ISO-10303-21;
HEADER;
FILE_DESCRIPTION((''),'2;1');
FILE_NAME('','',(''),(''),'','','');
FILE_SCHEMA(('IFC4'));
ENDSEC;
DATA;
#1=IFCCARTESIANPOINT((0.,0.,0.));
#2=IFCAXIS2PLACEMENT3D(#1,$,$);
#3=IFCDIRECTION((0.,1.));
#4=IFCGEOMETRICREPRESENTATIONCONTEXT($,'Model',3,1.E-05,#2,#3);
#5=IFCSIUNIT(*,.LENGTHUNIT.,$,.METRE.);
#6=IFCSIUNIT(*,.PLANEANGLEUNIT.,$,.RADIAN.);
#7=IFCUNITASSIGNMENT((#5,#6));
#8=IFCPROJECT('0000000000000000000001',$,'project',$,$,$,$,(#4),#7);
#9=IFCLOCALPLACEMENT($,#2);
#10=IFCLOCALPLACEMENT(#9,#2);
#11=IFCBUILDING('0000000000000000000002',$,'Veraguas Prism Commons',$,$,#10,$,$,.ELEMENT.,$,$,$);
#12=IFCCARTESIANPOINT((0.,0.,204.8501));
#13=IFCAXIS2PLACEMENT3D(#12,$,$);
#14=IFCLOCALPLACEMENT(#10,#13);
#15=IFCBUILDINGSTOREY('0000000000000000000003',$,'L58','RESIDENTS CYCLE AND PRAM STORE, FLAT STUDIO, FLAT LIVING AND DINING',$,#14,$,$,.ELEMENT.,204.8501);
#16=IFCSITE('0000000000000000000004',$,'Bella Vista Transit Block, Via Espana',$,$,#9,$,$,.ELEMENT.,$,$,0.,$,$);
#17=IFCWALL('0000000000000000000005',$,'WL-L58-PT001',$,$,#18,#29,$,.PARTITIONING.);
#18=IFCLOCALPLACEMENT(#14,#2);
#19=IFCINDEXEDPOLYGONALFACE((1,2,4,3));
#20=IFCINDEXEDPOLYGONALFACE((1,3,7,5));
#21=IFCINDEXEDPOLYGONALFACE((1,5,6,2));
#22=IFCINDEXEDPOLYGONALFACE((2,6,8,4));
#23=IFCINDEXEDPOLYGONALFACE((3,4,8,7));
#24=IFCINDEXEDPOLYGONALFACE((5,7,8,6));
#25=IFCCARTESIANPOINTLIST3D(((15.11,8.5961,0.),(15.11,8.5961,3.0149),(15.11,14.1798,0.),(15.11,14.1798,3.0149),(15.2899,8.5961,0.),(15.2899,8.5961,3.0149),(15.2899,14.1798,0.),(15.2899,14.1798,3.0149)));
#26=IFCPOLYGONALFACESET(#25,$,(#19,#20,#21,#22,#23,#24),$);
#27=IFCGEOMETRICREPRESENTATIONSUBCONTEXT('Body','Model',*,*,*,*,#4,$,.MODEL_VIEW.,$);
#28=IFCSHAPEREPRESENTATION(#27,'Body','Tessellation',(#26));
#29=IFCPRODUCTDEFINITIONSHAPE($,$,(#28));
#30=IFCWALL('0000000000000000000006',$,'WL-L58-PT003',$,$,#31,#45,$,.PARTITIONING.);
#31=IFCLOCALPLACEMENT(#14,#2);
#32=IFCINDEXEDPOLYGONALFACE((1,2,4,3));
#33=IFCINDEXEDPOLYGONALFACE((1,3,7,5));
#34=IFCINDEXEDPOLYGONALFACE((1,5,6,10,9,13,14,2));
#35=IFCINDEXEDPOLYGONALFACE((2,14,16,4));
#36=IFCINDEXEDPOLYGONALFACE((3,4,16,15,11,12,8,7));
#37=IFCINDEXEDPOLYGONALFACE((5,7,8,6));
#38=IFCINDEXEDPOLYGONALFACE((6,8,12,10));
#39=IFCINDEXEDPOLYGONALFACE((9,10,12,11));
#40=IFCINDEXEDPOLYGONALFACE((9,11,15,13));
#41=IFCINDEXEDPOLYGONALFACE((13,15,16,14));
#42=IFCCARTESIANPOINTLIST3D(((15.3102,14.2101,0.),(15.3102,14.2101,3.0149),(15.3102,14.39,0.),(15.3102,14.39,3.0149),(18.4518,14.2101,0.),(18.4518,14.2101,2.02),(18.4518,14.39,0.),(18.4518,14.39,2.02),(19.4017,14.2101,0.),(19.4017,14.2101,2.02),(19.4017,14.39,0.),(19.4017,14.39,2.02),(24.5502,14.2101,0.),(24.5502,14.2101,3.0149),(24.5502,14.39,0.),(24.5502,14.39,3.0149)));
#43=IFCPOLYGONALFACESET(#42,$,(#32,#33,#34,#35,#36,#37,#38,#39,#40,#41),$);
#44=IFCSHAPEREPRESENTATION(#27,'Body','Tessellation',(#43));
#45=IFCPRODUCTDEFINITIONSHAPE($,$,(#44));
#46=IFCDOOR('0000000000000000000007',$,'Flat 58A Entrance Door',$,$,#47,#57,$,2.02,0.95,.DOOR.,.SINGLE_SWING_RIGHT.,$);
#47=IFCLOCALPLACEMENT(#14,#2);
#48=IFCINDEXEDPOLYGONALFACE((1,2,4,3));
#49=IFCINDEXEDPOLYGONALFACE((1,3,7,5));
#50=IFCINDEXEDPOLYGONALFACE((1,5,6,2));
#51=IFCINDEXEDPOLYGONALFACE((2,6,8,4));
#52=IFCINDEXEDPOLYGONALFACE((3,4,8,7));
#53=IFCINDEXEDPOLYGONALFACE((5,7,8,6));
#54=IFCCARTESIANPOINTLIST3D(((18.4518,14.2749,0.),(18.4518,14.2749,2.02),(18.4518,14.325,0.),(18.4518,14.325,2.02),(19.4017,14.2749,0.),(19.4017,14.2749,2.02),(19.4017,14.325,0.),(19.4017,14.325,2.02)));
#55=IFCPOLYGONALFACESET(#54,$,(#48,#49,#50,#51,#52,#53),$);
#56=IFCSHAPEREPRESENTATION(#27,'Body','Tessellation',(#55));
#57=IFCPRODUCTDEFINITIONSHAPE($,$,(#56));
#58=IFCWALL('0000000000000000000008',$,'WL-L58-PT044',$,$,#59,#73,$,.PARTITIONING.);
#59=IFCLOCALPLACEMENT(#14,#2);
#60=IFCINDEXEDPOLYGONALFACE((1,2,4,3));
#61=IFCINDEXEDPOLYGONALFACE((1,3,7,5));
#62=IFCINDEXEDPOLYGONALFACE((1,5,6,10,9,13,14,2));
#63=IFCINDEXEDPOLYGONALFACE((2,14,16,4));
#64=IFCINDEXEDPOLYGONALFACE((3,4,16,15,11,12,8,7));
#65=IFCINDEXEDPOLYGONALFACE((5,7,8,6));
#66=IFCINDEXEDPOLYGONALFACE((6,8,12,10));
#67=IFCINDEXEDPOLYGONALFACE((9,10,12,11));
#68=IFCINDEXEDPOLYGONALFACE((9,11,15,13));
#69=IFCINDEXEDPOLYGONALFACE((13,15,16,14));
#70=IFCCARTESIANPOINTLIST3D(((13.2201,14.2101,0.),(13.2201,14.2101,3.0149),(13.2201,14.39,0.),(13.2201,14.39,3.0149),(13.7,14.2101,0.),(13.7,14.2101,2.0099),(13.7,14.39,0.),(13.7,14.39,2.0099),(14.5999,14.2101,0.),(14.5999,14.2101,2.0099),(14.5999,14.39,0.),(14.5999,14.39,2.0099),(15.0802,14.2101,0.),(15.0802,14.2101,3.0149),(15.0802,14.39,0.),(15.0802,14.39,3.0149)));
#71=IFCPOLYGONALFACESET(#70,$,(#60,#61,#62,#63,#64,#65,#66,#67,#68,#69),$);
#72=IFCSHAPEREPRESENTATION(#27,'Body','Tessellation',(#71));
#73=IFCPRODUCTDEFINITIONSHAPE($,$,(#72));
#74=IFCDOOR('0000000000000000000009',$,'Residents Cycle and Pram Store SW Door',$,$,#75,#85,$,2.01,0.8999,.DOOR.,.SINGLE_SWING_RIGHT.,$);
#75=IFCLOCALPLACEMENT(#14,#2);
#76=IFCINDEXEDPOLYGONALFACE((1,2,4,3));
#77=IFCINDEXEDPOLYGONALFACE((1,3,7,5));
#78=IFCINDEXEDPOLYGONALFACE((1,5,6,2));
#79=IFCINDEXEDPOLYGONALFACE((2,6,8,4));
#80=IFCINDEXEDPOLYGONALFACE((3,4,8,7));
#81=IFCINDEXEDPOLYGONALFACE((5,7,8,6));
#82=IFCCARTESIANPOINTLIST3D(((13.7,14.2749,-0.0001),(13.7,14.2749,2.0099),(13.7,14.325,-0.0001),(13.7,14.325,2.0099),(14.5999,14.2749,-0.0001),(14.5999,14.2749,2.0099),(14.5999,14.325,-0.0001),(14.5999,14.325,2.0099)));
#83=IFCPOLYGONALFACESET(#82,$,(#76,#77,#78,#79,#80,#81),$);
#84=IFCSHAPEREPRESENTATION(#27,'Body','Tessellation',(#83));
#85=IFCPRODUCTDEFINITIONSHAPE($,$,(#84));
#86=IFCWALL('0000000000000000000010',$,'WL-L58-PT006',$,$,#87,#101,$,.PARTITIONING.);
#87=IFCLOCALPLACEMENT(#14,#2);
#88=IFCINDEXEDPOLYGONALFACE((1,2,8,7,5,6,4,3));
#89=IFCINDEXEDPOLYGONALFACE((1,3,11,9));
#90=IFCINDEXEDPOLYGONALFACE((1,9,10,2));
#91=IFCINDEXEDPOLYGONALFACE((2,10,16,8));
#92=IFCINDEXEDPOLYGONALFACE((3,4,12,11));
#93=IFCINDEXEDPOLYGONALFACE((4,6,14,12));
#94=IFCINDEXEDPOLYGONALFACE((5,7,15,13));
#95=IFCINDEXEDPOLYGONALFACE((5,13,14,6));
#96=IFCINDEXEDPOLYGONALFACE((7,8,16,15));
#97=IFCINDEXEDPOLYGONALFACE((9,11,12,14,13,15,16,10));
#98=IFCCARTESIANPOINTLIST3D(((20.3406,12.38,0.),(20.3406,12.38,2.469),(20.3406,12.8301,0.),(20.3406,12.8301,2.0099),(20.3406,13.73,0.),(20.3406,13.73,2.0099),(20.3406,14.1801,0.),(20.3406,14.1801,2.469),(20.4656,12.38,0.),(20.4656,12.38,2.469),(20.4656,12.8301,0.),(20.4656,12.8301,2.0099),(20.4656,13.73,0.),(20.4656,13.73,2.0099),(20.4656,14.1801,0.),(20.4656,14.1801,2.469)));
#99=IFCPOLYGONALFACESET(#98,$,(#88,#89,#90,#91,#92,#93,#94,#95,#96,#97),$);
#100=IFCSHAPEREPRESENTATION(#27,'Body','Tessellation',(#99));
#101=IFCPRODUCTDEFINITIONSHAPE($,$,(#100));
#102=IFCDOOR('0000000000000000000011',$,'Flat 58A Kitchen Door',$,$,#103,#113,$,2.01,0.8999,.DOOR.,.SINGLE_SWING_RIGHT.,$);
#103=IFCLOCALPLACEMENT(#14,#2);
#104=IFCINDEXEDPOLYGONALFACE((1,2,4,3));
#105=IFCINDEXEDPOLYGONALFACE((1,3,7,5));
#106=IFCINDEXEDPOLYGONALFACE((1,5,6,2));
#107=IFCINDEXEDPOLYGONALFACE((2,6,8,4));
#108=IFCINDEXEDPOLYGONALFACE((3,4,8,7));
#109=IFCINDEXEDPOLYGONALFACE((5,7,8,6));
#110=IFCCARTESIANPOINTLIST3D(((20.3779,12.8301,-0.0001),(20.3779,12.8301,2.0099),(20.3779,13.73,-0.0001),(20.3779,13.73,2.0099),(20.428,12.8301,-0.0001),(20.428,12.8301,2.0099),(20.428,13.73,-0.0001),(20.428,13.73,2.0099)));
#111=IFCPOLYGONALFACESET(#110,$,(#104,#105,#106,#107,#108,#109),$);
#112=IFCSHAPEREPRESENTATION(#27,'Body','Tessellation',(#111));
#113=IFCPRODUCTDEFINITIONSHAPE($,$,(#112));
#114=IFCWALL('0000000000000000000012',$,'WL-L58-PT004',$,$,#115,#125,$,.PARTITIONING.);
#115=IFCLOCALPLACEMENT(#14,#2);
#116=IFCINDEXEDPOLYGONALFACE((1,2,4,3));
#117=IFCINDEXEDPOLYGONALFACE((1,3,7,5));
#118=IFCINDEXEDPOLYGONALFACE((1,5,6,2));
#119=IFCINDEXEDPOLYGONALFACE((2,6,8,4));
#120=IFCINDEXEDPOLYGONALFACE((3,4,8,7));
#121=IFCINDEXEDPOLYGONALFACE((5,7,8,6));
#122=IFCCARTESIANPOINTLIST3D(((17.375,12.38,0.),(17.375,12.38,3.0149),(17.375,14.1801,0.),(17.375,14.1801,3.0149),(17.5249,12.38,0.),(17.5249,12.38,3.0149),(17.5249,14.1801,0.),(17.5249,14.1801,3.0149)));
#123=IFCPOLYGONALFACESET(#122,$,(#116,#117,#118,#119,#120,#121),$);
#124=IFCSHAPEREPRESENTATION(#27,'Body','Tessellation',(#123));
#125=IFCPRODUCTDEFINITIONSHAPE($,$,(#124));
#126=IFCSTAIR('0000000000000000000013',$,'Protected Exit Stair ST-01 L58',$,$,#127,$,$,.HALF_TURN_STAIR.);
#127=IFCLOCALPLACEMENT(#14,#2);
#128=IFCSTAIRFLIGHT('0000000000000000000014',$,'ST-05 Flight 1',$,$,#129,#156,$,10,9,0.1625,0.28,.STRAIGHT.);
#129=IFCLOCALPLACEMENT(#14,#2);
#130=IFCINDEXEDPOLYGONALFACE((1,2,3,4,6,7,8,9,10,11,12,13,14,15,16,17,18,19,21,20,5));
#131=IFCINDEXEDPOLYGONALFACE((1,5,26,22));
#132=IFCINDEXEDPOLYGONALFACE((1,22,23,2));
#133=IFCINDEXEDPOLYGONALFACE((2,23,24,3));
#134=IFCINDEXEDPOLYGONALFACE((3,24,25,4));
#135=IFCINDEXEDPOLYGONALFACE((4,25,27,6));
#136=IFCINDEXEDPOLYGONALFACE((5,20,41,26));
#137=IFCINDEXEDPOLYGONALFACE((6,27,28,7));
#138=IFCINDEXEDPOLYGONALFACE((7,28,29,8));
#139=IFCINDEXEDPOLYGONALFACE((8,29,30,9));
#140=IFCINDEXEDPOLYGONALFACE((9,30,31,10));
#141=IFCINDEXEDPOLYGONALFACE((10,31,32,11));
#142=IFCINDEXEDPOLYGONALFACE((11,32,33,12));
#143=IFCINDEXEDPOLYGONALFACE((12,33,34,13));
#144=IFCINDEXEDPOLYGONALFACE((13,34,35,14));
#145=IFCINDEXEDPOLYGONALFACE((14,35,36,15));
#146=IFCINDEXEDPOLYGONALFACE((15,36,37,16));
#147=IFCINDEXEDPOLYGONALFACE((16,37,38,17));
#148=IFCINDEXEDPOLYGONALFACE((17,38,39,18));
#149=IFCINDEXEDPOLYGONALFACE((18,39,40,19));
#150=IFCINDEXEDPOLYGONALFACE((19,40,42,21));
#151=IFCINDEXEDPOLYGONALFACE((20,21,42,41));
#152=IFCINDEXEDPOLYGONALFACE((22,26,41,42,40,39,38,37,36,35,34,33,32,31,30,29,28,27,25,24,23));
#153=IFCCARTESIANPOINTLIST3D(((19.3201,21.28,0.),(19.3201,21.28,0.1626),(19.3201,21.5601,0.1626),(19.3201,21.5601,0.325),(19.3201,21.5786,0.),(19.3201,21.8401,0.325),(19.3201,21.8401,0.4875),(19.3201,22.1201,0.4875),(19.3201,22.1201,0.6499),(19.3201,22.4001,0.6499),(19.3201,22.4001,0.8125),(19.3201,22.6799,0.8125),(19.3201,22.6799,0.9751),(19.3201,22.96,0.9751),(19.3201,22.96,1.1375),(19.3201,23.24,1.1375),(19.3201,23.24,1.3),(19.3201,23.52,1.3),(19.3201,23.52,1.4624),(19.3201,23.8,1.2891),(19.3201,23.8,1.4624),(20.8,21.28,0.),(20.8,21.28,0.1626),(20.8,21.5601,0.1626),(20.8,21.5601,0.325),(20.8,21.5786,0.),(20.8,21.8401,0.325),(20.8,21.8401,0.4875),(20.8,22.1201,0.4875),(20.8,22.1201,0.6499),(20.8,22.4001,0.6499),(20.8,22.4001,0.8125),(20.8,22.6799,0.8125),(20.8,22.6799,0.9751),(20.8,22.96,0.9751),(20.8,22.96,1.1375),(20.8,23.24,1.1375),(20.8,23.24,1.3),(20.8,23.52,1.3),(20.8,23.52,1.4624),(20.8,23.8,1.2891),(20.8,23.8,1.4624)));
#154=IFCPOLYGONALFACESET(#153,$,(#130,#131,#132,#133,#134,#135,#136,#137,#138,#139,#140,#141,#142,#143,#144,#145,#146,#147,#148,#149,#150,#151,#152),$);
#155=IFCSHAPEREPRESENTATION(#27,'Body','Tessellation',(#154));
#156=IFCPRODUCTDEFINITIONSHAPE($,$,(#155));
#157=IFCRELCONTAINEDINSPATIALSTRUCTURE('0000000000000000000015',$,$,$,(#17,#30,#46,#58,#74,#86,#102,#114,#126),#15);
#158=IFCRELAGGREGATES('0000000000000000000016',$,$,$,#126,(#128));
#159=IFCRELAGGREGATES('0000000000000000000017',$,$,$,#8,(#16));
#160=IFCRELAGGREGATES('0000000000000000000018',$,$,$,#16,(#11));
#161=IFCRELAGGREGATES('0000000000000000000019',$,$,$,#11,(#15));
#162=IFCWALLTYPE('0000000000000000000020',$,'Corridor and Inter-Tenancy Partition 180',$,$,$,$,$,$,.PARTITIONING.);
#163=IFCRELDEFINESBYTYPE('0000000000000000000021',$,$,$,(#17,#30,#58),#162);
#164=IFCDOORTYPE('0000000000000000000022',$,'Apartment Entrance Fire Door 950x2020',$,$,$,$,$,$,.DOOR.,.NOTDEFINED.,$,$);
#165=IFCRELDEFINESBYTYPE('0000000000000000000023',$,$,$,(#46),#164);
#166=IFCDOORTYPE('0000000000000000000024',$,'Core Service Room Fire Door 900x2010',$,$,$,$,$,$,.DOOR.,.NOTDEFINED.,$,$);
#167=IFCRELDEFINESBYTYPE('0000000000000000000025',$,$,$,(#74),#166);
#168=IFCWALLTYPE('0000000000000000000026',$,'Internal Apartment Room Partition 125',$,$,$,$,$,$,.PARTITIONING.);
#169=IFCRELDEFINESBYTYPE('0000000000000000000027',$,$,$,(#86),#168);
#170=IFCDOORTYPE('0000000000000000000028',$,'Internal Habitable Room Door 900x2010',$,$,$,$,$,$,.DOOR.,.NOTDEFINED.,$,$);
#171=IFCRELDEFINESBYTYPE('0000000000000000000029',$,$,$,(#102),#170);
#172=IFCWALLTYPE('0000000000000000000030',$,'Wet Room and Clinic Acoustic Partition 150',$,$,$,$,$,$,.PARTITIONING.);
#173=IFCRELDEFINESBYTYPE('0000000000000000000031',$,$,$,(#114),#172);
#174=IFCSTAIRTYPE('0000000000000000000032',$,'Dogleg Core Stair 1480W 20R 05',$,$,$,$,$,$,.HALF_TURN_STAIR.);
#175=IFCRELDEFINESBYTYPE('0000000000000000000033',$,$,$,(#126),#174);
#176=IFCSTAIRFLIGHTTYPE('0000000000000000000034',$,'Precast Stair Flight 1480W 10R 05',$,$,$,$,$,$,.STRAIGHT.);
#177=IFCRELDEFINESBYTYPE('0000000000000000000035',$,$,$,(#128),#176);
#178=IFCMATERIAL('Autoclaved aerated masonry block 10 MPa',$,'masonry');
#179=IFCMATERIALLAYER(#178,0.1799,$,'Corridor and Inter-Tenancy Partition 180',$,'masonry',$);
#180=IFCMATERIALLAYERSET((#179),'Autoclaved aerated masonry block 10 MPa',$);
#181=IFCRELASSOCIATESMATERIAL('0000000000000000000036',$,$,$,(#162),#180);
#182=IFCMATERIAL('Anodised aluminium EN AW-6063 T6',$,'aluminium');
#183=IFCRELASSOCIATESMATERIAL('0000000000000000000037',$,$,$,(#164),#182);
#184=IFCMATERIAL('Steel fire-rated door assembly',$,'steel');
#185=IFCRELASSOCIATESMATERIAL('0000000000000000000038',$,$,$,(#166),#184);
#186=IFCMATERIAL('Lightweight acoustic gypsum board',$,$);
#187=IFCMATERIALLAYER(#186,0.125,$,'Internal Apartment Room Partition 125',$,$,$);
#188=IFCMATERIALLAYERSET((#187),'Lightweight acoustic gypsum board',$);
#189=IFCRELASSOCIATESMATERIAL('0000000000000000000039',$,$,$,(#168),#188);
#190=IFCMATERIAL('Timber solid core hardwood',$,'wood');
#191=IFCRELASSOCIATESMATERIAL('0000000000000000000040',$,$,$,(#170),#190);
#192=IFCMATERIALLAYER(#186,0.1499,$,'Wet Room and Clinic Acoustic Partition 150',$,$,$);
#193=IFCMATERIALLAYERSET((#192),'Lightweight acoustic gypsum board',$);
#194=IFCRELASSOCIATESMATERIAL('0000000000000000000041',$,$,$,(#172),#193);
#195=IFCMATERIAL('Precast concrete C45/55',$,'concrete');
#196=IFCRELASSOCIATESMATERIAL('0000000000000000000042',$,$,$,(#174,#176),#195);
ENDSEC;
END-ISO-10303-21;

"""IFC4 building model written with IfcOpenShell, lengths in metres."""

from ifc_helpers import new_model, si_unit, direction, frame, frame_2d, origin, place, context, subcontext, project, spatial, polyline, rectangle, outline, extrude, source, transform, mapped, material, layer, layer_set, type_object, element, fill, aggregate, save


model = new_model("IFC4")

# Units and contexts
model_context = context("Model", 3, precision=1e-05, world=origin(), true_north=direction((0.0, 1.0)))
body_context = subcontext(model_context, "Body", "Model", "MODEL_VIEW")
ifc_project = project(units=[si_unit("LENGTHUNIT", "METRE"), si_unit("PLANEANGLEUNIT", "RADIAN")], contexts=[model_context])

# Site, building, storey
site_placement = place(None, origin())
site = spatial("IfcSite", under=ifc_project, at=site_placement, Name="Bella Vista Transit Block, Via Espana", CompositionType="ELEMENT", RefElevation=0.0)
building_placement = place(site_placement, origin())
building = spatial("IfcBuilding", under=site, at=building_placement, Name="Veraguas Prism Commons", CompositionType="ELEMENT")
storey_placement = place(building_placement, frame((0.0, 0.0, 204.8501)))
storey = spatial("IfcBuildingStorey", under=building, at=storey_placement, Name="L58", Description="RESIDENTS CYCLE AND PRAM STORE, FLAT STUDIO, FLAT LIVING AND DINING", CompositionType="ELEMENT", Elevation=204.8501)

# Shared definitions
ifc_material_1 = material(Name="Steel fire-rated door assembly", Category="steel")

# Wall
ifc_material_2 = material(Name="Autoclaved aerated masonry block 10 MPa", Category="masonry")
ifc_layer_1 = layer(ifc_material_2, 0.1799, Name="Corridor and Inter-Tenancy Partition 180", Category="masonry")
ifc_layer_set_1 = layer_set([ifc_layer_1], Name="Autoclaved aerated masonry block 10 MPa")
wall_type_1 = type_object("IfcWallType", Name="Corridor and Inter-Tenancy Partition 180", PredefinedType="PARTITIONING", material=ifc_layer_set_1)
wall_1_placement = place(storey_placement, frame((15.2, 14.1799, 0.0), z_axis=(0.0, 0.0, 1.0), x_axis=(0.0, -1.0, 0.0)))
element("IfcWall", 1, at=wall_1_placement, inside=storey, type_object=wall_type_1, Name="WL-L58-PT001", PredefinedType="PARTITIONING", context=body_context, shape_type="SweptSolid", body=[
    extrude(rectangle(XDim=5.5837, YDim=0.1799, at=frame_2d((2.792, 0.0))), origin(), (0.0, 0.0, 1.0), 3.0149),
])

# Walls, openings, doors
wall_2_placement = place(storey_placement, frame((15.3101, 14.3, 0.0), z_axis=(0.0, 0.0, 1.0), x_axis=(1.0, 0.0, 0.0)))
wall_2 = element("IfcWall", 2, at=wall_2_placement, inside=storey, type_object=wall_type_1, Name="WL-L58-PT003", PredefinedType="PARTITIONING", context=body_context, shape_type="SweptSolid", body=[
    extrude(rectangle(XDim=9.24, YDim=0.1799, at=frame_2d((4.6201, 0.0))), origin(), (0.0, 0.0, 1.0), 3.0149),
])
opening_1_placement = place(wall_2_placement, frame((3.1416, 0.0, 0.0)))
opening_1 = element("IfcOpeningElement", 3, at=opening_1_placement, cuts=wall_2, PredefinedType="OPENING", context=body_context, shape_type="SweptSolid", body=[
    extrude(rectangle(XDim=0.95, YDim=2.02, at=frame_2d((0.4751, 1.01))), frame((0.0, 0.0999, 0.0), z_axis=(0.0, -1.0, 0.0), x_axis=(1.0, 0.0, 0.0)), (0.0, 0.0, 1.0), 0.2),
])
ifc_material_3 = material(Name="Anodised aluminium EN AW-6063 T6", Category="aluminium")
door_type_1 = type_object("IfcDoorType", Name="Apartment Entrance Fire Door 950x2020", OperationType="NOTDEFINED", PredefinedType="DOOR", material=ifc_material_3)
shared_shape_1 = source(origin(), body_context, "Body", "SweptSolid", [
    extrude(rectangle(XDim=0.95, YDim=2.02, at=frame_2d((0.4751, 1.01))), frame((0.0, 0.0249, 0.0), z_axis=(0.0, -1.0, 0.0), x_axis=(1.0, 0.0, 0.0)), (0.0, 0.0, 1.0), 0.05),
])
door_1_placement = place(opening_1_placement, origin())
door_1 = element("IfcDoor", 4, at=door_1_placement, inside=storey, type_object=door_type_1, Name="Flat 58A Entrance Door", OperationType="SINGLE_SWING_RIGHT", OverallHeight=2.02, OverallWidth=0.95, PredefinedType="DOOR", context=body_context, shape_type="MappedRepresentation", body=[
    mapped(shared_shape_1, transform((0.0, 0.0, 0.0), scale=1.0)),
])
fill(opening_1, door_1)
wall_3_placement = place(storey_placement, frame((13.22, 14.3, 0.0), z_axis=(0.0, 0.0, 1.0), x_axis=(1.0, 0.0, 0.0)))
wall_3 = element("IfcWall", 5, at=wall_3_placement, inside=storey, type_object=wall_type_1, Name="WL-L58-PT044", PredefinedType="PARTITIONING", context=body_context, shape_type="SweptSolid", body=[
    extrude(rectangle(XDim=1.8601, YDim=0.1799, at=frame_2d((0.9302, 0.0))), origin(), (0.0, 0.0, 1.0), 3.0149),
])
opening_2_placement = place(wall_3_placement, frame((0.48, 0.0, 0.0)))
opening_2 = element("IfcOpeningElement", 6, at=opening_2_placement, cuts=wall_3, PredefinedType="OPENING", context=body_context, shape_type="SweptSolid", body=[
    extrude(rectangle(XDim=0.8999, YDim=2.01, at=frame_2d((0.45, 1.0049))), frame((0.0, 0.0999, 0.0), z_axis=(0.0, -1.0, 0.0), x_axis=(1.0, 0.0, 0.0)), (0.0, 0.0, 1.0), 0.2),
])
door_type_2 = type_object("IfcDoorType", Name="Core Service Room Fire Door 900x2010", OperationType="NOTDEFINED", PredefinedType="DOOR", material=ifc_material_1)
shared_shape_2 = source(origin(), body_context, "Body", "SweptSolid", [
    extrude(rectangle(XDim=0.8999, YDim=2.01, at=frame_2d((0.45, 1.0049))), frame((0.0, 0.0249, 0.0), z_axis=(0.0, -1.0, 0.0), x_axis=(1.0, 0.0, 0.0)), (0.0, 0.0, 1.0), 0.05),
])
door_2_placement = place(opening_2_placement, origin())
door_2 = element("IfcDoor", 7, at=door_2_placement, inside=storey, type_object=door_type_2, Name="Residents Cycle and Pram Store SW Door", OperationType="SINGLE_SWING_RIGHT", OverallHeight=2.01, OverallWidth=0.8999, PredefinedType="DOOR", context=body_context, shape_type="MappedRepresentation", body=[
    mapped(shared_shape_2, transform((0.0, 0.0, 0.0), scale=1.0)),
])
fill(opening_2, door_2)
ifc_material_4 = material(Name="Lightweight acoustic gypsum board")
ifc_layer_2 = layer(ifc_material_4, 0.125, Name="Internal Apartment Room Partition 125")
ifc_layer_set_2 = layer_set([ifc_layer_2], Name="Lightweight acoustic gypsum board")
wall_type_2 = type_object("IfcWallType", Name="Internal Apartment Room Partition 125", PredefinedType="PARTITIONING", material=ifc_layer_set_2)
wall_4_placement = place(storey_placement, frame((20.4031, 14.1799, 0.0), z_axis=(0.0, 0.0, 1.0), x_axis=(0.0, -1.0, 0.0)))
wall_4 = element("IfcWall", 8, at=wall_4_placement, inside=storey, type_object=wall_type_2, Name="WL-L58-PT006", PredefinedType="PARTITIONING", context=body_context, shape_type="SweptSolid", body=[
    extrude(rectangle(XDim=1.8, YDim=0.125, at=frame_2d((0.8999, 0.0))), origin(), (0.0, 0.0, 1.0), 2.469),
])
opening_3_placement = place(wall_4_placement, frame((0.45, 0.0, 0.0)))
opening_3 = element("IfcOpeningElement", 9, at=opening_3_placement, cuts=wall_4, PredefinedType="OPENING", context=body_context, shape_type="SweptSolid", body=[
    extrude(rectangle(XDim=0.8999, YDim=2.01, at=frame_2d((0.45, 1.0049))), frame((0.0, 0.0725, 0.0), z_axis=(0.0, -1.0, 0.0), x_axis=(1.0, 0.0, 0.0)), (0.0, 0.0, 1.0), 0.145),
])
ifc_material_5 = material(Name="Timber solid core hardwood", Category="wood")
door_type_3 = type_object("IfcDoorType", Name="Internal Habitable Room Door 900x2010", OperationType="NOTDEFINED", PredefinedType="DOOR", material=ifc_material_5)
door_3_placement = place(opening_3_placement, origin())
door_3 = element("IfcDoor", 10, at=door_3_placement, inside=storey, type_object=door_type_3, Name="Flat 58A Kitchen Door", OperationType="SINGLE_SWING_RIGHT", OverallHeight=2.01, OverallWidth=0.8999, PredefinedType="DOOR", context=body_context, shape_type="MappedRepresentation", body=[
    mapped(shared_shape_2, transform((0.0, 0.0, 0.0), scale=1.0)),
])
fill(opening_3, door_3)

# Wall
ifc_layer_3 = layer(ifc_material_4, 0.1499, Name="Wet Room and Clinic Acoustic Partition 150")
ifc_layer_set_3 = layer_set([ifc_layer_3], Name="Lightweight acoustic gypsum board")
wall_type_3 = type_object("IfcWallType", Name="Wet Room and Clinic Acoustic Partition 150", PredefinedType="PARTITIONING", material=ifc_layer_set_3)
wall_5_placement = place(storey_placement, frame((17.45, 14.1799, 0.0), z_axis=(0.0, 0.0, 1.0), x_axis=(0.0, -1.0, 0.0)))
element("IfcWall", 11, at=wall_5_placement, inside=storey, type_object=wall_type_3, Name="WL-L58-PT004", PredefinedType="PARTITIONING", context=body_context, shape_type="SweptSolid", body=[
    extrude(rectangle(XDim=1.8, YDim=0.1499, at=frame_2d((0.8999, 0.0))), origin(), (0.0, 0.0, 1.0), 3.0149),
])

# Stair, stair flight
ifc_material_6 = material(Name="Precast concrete C45/55", Category="concrete")
stair_type = type_object("IfcStairType", Name="Dogleg Core Stair 1480W 20R 05", PredefinedType="HALF_TURN_STAIR", material=ifc_material_6)
stair_placement = place(storey_placement, origin())
stair = element("IfcStair", 12, at=stair_placement, inside=storey, type_object=stair_type, Name="Protected Exit Stair ST-01 L58", PredefinedType="HALF_TURN_STAIR")
stair_flight_type = type_object("IfcStairFlightType", Name="Precast Stair Flight 1480W 10R 05", PredefinedType="STRAIGHT", material=ifc_material_6)
stair_flight_placement = place(storey_placement, frame((20.0601, 21.28, 0.0), z_axis=(0.0, 0.0, 1.0), x_axis=(0.0, 1.0, 0.0)))
stair_flight = element("IfcStairFlight", 13, at=stair_flight_placement, type_object=stair_flight_type, Name="ST-05 Flight 1", NumberOfRisers=10, NumberOfTreads=9, PredefinedType="STRAIGHT", RiserHeight=0.1625, TreadLength=0.28, context=body_context, shape_type="SweptSolid", body=[
    extrude(outline(polyline([(0.0, 0.0), (0.0, 0.1626), (0.28, 0.1626), (0.28, 0.325), (0.5601, 0.325), (0.5601, 0.4875), (0.8401, 0.4875), (0.8401, 0.6499), (1.1201, 0.6499), (1.1201, 0.8125), (1.3999, 0.8125), (1.3999, 0.9751), (1.6799, 0.9751), (1.6799, 1.1375), (1.96, 1.1375), (1.96, 1.3), (2.24, 1.3), (2.24, 1.4624), (2.52, 1.4624), (2.52, 1.625), (2.52, 1.2891), (0.2986, 0.0), (0.0, 0.0)])), frame((0.0, 0.74, 0.0), z_axis=(0.0, -1.0, 0.0), x_axis=(1.0, 0.0, 0.0)), (0.0, 0.0, 1.0), 1.48),
])
aggregate(stair, [stair_flight])

save(model, "model.ifc")
